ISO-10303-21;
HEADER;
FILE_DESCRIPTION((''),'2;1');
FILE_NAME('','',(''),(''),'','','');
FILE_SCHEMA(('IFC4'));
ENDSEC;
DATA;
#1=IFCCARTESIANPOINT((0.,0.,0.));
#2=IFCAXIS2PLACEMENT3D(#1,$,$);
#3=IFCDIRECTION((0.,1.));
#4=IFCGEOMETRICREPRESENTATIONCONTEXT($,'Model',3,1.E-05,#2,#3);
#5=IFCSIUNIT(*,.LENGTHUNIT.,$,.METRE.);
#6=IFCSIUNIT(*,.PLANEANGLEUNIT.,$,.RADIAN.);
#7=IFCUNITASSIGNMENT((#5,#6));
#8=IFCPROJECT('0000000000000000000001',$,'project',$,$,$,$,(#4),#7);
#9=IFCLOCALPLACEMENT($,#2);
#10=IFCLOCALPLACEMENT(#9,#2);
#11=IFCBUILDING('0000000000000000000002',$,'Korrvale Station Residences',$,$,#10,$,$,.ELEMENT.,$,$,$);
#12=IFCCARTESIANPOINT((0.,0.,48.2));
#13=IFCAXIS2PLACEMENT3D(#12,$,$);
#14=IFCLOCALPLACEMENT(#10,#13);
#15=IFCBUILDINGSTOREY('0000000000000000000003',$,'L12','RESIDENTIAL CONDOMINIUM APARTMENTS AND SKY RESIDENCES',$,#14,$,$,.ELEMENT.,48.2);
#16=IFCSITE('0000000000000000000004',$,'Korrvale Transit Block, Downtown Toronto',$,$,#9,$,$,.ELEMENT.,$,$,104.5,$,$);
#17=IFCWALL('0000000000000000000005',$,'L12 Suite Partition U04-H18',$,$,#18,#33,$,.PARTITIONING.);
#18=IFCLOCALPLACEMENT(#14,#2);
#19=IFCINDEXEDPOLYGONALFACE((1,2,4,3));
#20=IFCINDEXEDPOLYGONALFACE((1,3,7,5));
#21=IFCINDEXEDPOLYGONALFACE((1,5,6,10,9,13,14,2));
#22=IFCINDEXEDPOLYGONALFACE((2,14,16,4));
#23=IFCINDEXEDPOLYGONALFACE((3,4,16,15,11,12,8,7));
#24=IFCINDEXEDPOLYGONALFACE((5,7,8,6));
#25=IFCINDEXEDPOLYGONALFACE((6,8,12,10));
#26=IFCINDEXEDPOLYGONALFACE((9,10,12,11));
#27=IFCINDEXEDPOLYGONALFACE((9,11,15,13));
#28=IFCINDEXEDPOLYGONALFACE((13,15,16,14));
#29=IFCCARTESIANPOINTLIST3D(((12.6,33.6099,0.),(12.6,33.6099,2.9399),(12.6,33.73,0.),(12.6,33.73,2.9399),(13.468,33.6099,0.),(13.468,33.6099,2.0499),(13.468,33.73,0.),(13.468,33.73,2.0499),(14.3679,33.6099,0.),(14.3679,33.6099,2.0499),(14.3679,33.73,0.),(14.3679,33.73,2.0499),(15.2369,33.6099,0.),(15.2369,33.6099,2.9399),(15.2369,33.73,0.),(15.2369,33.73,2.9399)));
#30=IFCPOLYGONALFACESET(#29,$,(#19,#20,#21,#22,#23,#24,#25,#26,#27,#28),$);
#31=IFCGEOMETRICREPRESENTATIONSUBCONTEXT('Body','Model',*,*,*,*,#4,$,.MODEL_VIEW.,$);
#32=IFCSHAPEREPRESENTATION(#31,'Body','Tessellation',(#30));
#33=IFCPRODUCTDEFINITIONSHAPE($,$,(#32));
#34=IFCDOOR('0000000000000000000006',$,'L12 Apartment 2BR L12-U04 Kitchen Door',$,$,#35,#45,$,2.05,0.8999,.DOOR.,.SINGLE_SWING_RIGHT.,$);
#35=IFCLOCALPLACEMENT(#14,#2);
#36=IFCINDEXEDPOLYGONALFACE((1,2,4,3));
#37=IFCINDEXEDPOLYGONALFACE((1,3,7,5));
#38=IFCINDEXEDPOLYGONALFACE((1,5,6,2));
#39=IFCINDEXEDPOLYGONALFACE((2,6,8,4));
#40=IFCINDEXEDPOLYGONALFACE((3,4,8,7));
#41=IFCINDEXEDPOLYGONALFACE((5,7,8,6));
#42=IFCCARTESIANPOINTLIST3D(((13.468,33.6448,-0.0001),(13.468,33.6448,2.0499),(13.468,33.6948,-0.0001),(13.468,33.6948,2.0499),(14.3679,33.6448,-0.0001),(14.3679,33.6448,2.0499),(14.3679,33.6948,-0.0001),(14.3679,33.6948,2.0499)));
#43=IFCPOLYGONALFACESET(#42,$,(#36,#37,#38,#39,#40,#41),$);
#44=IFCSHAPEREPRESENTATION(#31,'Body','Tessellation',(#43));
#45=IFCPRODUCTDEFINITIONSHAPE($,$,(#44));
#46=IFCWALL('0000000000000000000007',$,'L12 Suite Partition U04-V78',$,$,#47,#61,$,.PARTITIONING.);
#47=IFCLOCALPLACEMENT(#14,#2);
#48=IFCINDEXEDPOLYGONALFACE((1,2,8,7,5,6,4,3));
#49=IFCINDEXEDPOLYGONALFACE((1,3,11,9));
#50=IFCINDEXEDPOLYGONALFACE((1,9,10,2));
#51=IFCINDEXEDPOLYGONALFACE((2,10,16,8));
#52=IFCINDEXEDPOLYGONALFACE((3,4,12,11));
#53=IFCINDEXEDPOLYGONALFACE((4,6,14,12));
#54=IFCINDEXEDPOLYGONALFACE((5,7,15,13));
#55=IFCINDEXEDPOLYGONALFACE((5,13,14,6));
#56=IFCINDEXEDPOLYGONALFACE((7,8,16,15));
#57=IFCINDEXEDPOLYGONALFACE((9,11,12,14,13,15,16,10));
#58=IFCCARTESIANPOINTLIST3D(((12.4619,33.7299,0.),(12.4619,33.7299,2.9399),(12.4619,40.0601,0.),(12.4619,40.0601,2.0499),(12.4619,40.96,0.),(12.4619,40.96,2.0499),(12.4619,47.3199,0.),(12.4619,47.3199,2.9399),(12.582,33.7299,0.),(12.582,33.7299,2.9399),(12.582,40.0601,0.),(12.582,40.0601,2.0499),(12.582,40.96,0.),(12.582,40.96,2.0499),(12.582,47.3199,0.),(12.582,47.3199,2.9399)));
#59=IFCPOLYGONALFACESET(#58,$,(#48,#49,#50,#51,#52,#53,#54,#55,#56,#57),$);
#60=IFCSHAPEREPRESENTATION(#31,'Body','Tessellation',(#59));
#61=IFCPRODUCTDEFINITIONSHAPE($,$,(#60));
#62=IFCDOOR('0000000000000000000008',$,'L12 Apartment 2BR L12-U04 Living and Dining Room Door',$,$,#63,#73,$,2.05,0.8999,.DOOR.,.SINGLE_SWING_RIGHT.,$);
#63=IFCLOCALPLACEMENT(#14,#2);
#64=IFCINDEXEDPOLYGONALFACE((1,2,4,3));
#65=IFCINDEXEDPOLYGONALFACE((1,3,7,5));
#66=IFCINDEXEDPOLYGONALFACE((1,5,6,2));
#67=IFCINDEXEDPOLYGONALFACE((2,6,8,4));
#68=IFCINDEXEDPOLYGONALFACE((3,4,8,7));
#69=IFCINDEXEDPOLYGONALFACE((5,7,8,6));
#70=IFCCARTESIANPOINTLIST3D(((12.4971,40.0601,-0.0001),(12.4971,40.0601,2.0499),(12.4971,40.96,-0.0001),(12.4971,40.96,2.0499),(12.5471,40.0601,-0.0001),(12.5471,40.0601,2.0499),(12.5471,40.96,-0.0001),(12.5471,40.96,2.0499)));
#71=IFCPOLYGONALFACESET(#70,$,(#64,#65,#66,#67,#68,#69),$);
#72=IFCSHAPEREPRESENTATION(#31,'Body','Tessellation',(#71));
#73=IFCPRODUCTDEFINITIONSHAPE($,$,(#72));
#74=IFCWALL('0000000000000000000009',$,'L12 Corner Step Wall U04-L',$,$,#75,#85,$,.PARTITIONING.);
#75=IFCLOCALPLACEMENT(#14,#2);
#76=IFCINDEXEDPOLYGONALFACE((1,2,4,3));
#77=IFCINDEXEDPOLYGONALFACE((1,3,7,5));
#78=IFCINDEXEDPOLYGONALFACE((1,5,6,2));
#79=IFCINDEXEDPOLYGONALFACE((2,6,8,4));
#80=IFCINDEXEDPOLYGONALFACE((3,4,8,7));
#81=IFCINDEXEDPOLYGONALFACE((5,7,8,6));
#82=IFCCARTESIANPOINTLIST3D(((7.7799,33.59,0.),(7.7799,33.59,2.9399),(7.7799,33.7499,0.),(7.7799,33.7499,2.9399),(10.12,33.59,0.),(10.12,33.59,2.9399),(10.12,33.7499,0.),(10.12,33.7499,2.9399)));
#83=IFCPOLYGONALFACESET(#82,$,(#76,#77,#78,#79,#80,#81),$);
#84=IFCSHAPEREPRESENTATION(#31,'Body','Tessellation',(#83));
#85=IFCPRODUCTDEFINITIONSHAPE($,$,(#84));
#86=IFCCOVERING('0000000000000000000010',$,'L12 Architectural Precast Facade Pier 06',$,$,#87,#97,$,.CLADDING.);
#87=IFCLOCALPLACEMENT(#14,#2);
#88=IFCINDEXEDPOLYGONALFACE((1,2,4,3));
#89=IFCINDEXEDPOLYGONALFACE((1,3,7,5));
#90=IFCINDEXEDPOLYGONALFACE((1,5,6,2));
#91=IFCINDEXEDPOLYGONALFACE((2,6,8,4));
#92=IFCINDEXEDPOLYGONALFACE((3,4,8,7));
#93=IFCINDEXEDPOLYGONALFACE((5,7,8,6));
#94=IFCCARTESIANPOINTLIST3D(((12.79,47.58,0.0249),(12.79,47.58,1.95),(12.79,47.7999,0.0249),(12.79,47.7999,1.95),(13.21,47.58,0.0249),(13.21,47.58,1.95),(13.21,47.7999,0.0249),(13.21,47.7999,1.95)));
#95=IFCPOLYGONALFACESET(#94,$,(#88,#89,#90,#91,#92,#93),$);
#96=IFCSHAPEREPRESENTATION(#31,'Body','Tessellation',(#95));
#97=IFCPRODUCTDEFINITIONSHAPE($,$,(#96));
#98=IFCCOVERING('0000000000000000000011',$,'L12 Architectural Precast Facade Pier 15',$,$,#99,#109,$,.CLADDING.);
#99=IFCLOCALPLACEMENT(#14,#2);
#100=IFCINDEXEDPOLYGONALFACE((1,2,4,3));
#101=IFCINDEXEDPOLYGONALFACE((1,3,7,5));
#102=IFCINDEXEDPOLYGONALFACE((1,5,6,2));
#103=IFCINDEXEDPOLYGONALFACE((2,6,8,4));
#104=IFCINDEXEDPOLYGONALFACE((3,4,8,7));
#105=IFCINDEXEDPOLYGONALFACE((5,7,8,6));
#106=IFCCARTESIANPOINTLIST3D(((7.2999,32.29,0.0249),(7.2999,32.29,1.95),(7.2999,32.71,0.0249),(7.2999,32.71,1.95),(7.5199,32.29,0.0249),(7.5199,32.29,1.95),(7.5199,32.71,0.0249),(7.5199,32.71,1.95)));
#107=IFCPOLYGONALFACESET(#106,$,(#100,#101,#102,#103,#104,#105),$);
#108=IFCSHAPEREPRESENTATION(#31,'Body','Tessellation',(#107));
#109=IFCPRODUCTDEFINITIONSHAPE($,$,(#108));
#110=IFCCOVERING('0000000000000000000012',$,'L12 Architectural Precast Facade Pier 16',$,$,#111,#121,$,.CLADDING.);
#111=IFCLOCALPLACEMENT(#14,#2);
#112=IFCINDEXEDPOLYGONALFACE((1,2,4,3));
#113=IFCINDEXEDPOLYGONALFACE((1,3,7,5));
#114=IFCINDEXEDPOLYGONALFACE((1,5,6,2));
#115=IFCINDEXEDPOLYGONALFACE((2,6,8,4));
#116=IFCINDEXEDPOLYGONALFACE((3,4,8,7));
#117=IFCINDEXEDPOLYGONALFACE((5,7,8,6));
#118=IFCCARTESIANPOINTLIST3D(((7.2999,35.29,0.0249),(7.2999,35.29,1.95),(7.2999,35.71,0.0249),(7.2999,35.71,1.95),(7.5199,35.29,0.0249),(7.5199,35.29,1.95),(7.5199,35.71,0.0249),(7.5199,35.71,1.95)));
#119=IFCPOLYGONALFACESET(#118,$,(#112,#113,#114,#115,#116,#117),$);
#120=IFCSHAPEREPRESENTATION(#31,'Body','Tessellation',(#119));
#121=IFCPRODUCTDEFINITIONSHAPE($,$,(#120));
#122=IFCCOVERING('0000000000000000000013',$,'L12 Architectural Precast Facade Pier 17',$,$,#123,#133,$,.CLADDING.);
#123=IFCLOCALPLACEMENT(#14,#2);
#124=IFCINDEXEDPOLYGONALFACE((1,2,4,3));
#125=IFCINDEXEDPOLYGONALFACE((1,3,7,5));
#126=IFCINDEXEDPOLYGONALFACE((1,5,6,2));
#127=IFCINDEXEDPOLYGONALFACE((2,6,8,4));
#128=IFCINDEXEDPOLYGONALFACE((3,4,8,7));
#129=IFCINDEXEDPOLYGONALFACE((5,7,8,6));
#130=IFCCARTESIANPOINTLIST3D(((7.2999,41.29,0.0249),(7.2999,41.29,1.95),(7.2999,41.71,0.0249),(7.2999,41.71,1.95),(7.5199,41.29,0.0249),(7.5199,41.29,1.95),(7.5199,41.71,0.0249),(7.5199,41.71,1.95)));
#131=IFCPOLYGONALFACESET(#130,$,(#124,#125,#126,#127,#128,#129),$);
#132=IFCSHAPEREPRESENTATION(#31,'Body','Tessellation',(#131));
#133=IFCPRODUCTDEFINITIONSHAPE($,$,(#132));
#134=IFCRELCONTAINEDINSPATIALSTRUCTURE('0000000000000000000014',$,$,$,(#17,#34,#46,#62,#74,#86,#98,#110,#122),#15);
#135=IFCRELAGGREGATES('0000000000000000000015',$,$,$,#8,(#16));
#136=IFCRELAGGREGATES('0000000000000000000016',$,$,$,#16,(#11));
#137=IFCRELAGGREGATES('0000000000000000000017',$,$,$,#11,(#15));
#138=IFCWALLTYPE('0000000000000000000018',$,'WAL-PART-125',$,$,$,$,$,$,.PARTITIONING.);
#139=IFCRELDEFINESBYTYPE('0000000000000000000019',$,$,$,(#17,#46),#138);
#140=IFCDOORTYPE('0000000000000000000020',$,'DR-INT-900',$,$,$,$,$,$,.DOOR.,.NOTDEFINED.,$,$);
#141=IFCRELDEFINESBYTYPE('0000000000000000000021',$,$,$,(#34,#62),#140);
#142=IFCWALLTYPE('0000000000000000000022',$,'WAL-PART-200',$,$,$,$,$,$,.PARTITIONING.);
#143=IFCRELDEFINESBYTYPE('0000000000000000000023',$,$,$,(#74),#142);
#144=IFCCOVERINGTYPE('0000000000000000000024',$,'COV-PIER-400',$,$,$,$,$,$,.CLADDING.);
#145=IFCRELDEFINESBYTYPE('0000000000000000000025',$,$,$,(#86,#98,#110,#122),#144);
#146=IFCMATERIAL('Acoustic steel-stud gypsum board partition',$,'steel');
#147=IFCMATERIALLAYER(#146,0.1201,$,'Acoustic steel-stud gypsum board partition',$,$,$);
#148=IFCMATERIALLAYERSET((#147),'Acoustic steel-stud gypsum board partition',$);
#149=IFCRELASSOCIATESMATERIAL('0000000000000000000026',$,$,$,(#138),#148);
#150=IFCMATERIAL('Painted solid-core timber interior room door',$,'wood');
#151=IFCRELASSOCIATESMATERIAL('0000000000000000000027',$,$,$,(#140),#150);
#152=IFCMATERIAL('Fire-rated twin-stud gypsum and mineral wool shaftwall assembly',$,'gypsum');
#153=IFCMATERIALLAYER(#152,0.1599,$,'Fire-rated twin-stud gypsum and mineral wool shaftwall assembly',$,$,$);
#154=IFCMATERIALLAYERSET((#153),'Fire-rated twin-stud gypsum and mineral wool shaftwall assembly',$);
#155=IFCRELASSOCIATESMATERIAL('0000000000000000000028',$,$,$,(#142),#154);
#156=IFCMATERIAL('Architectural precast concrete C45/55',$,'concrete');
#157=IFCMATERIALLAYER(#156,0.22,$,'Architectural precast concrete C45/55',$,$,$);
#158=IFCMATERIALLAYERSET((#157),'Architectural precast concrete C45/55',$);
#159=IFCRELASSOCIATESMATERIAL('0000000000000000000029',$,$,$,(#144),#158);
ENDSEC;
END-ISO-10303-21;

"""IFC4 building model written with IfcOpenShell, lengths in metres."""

from ifc_helpers import new_model, si_unit, direction, frame, frame_2d, origin, origin_2d, place, context, subcontext, project, spatial, rectangle, extrude, material, layer, layer_set, type_object, element, fill, save


model = new_model("IFC4")

# Units and contexts
model_context = context("Model", 3, precision=1e-05, world=origin(), true_north=direction((0.0, 1.0)))
body_context = subcontext(model_context, "Body", "Model", "MODEL_VIEW")
ifc_project = project(units=[si_unit("LENGTHUNIT", "METRE"), si_unit("PLANEANGLEUNIT", "RADIAN")], contexts=[model_context])

# Site, building, storey
site_placement = place(None, origin())
site = spatial("IfcSite", under=ifc_project, at=site_placement, Name="Korrvale Transit Block, Downtown Toronto", CompositionType="ELEMENT", RefElevation=104.5)
building_placement = place(site_placement, origin())
building = spatial("IfcBuilding", under=site, at=building_placement, Name="Korrvale Station Residences", CompositionType="ELEMENT")
storey_placement = place(building_placement, frame((0.0, 0.0, 48.2)))
storey = spatial("IfcBuildingStorey", under=building, at=storey_placement, Name="L12", Description="RESIDENTIAL CONDOMINIUM APARTMENTS AND SKY RESIDENCES", CompositionType="ELEMENT", Elevation=48.2)

# Shared definitions
ifc_material_1 = material(Name="Acoustic steel-stud gypsum board partition", Category="steel")
ifc_layer_1 = layer(ifc_material_1, 0.1201, Name="Acoustic steel-stud gypsum board partition")
ifc_layer_set_1 = layer_set([ifc_layer_1], Name="Acoustic steel-stud gypsum board partition")
wall_type_1 = type_object("IfcWallType", Name="WAL-PART-125", PredefinedType="PARTITIONING", material=ifc_layer_set_1)

# Walls, openings, doors
wall_1_placement = place(storey_placement, frame((12.6001, 33.6699, 0.0), z_axis=(0.0, 0.0, 1.0), x_axis=(1.0, 0.0, 0.0)))
wall_1 = element("IfcWall", 1, at=wall_1_placement, inside=storey, type_object=wall_type_1, Name="L12 Suite Partition U04-H18", PredefinedType="PARTITIONING", context=body_context, shape_type="SweptSolid", body=[
    extrude(rectangle(XDim=2.637, YDim=0.1201, at=frame_2d((1.3184, 0.0))), origin(), (0.0, 0.0, 1.0), 2.9399),
])
opening_1_placement = place(wall_1_placement, frame((0.8679, 0.0, 0.0)))
opening_1 = element("IfcOpeningElement", 2, at=opening_1_placement, cuts=wall_1, PredefinedType="OPENING", context=body_context, shape_type="SweptSolid", body=[
    extrude(rectangle(XDim=0.8999, YDim=2.05, at=frame_2d((0.45, 1.0249))), frame((0.0, 0.0701, 0.0), z_axis=(0.0, -1.0, 0.0), x_axis=(1.0, 0.0, 0.0)), (0.0, 0.0, 1.0), 0.1401),
])
ifc_material_2 = material(Name="Painted solid-core timber interior room door", Category="wood")
door_type = type_object("IfcDoorType", Name="DR-INT-900", OperationType="NOTDEFINED", PredefinedType="DOOR", material=ifc_material_2)
door_1_placement = place(opening_1_placement, origin())
door_1 = element("IfcDoor", 3, at=door_1_placement, inside=storey, type_object=door_type, Name="L12 Apartment 2BR L12-U04 Kitchen Door", OperationType="SINGLE_SWING_RIGHT", OverallHeight=2.05, OverallWidth=0.8999, PredefinedType="DOOR", context=body_context, shape_type="SweptSolid", body=[
    extrude(rectangle(XDim=0.8999, YDim=2.05, at=frame_2d((0.45, 1.0249))), frame((0.0, 0.0249, 0.0), z_axis=(0.0, -1.0, 0.0), x_axis=(1.0, 0.0, 0.0)), (0.0, 0.0, 1.0), 0.05),
])
fill(opening_1, door_1)
wall_2_placement = place(storey_placement, frame((12.522, 33.73, 0.0), z_axis=(0.0, 0.0, 1.0), x_axis=(0.0, 1.0, 0.0)))
wall_2 = element("IfcWall", 4, at=wall_2_placement, inside=storey, type_object=wall_type_1, Name="L12 Suite Partition U04-V78", PredefinedType="PARTITIONING", context=body_context, shape_type="SweptSolid", body=[
    extrude(rectangle(XDim=13.5901, YDim=0.1201, at=frame_2d((6.7949, 0.0))), origin(), (0.0, 0.0, 1.0), 2.9399),
])
opening_2_placement = place(wall_2_placement, frame((6.3301, 0.0, 0.0)))
opening_2 = element("IfcOpeningElement", 5, at=opening_2_placement, cuts=wall_2, PredefinedType="OPENING", context=body_context, shape_type="SweptSolid", body=[
    extrude(rectangle(XDim=0.8999, YDim=2.05, at=frame_2d((0.45, 1.0249))), frame((0.0, 0.0701, 0.0), z_axis=(0.0, -1.0, 0.0), x_axis=(1.0, 0.0, 0.0)), (0.0, 0.0, 1.0), 0.1401),
])
door_2_placement = place(opening_2_placement, origin())
door_2 = element("IfcDoor", 6, at=door_2_placement, inside=storey, type_object=door_type, Name="L12 Apartment 2BR L12-U04 Living and Dining Room Door", OperationType="SINGLE_SWING_RIGHT", OverallHeight=2.05, OverallWidth=0.8999, PredefinedType="DOOR", context=body_context, shape_type="SweptSolid", body=[
    extrude(rectangle(XDim=0.8999, YDim=2.05, at=frame_2d((0.45, 1.0249))), frame((0.0, 0.0249, 0.0), z_axis=(0.0, -1.0, 0.0), x_axis=(1.0, 0.0, 0.0)), (0.0, 0.0, 1.0), 0.05),
])
fill(opening_2, door_2)

# Wall
ifc_material_3 = material(Name="Fire-rated twin-stud gypsum and mineral wool shaftwall assembly", Category="gypsum")
ifc_layer_2 = layer(ifc_material_3, 0.1599, Name="Fire-rated twin-stud gypsum and mineral wool shaftwall assembly")
ifc_layer_set_2 = layer_set([ifc_layer_2], Name="Fire-rated twin-stud gypsum and mineral wool shaftwall assembly")
wall_type_2 = type_object("IfcWallType", Name="WAL-PART-200", PredefinedType="PARTITIONING", material=ifc_layer_set_2)
wall_3_placement = place(storey_placement, frame((7.78, 33.6699, 0.0), z_axis=(0.0, 0.0, 1.0), x_axis=(1.0, 0.0, 0.0)))
element("IfcWall", 7, at=wall_3_placement, inside=storey, type_object=wall_type_2, Name="L12 Corner Step Wall U04-L", PredefinedType="PARTITIONING", context=body_context, shape_type="SweptSolid", body=[
    extrude(rectangle(XDim=2.3401, YDim=0.1599, at=frame_2d((1.1699, 0.0))), origin(), (0.0, 0.0, 1.0), 2.9399),
])

# Coverings
ifc_material_4 = material(Name="Architectural precast concrete C45/55", Category="concrete")
ifc_layer_3 = layer(ifc_material_4, 0.22, Name="Architectural precast concrete C45/55")
ifc_layer_set_3 = layer_set([ifc_layer_3], Name="Architectural precast concrete C45/55")
covering_type = type_object("IfcCoveringType", Name="COV-PIER-400", PredefinedType="CLADDING", material=ifc_layer_set_3)
for number, where, z_axis, x_axis, name in (
    (8, (13.0, 47.6899, 0.0249), (0.0, 0.0, 1.0), (1.0, 0.0, 0.0), "L12 Architectural Precast Facade Pier 06"),
    (9, (7.4099, 32.5, 0.0249), (0.0, 0.0, 1.0), (0.0, 1.0, 0.0), "L12 Architectural Precast Facade Pier 15"),
    (10, (7.4099, 35.5, 0.0249), (0.0, 0.0, 1.0), (0.0, 1.0, 0.0), "L12 Architectural Precast Facade Pier 16"),
    (11, (7.4099, 41.5, 0.0249), (0.0, 0.0, 1.0), (0.0, 1.0, 0.0), "L12 Architectural Precast Facade Pier 17"),
):
    element("IfcCovering", number, at=place(storey_placement, frame(where, z_axis=z_axis, x_axis=x_axis)), inside=storey, type_object=covering_type, Name=name, PredefinedType="CLADDING", context=body_context, shape_type="SweptSolid", body=[
        extrude(rectangle(XDim=0.4199, YDim=0.22, at=origin_2d()), origin(), (0.0, 0.0, 1.0), 1.925),
    ])

save(model, "model.ifc")
